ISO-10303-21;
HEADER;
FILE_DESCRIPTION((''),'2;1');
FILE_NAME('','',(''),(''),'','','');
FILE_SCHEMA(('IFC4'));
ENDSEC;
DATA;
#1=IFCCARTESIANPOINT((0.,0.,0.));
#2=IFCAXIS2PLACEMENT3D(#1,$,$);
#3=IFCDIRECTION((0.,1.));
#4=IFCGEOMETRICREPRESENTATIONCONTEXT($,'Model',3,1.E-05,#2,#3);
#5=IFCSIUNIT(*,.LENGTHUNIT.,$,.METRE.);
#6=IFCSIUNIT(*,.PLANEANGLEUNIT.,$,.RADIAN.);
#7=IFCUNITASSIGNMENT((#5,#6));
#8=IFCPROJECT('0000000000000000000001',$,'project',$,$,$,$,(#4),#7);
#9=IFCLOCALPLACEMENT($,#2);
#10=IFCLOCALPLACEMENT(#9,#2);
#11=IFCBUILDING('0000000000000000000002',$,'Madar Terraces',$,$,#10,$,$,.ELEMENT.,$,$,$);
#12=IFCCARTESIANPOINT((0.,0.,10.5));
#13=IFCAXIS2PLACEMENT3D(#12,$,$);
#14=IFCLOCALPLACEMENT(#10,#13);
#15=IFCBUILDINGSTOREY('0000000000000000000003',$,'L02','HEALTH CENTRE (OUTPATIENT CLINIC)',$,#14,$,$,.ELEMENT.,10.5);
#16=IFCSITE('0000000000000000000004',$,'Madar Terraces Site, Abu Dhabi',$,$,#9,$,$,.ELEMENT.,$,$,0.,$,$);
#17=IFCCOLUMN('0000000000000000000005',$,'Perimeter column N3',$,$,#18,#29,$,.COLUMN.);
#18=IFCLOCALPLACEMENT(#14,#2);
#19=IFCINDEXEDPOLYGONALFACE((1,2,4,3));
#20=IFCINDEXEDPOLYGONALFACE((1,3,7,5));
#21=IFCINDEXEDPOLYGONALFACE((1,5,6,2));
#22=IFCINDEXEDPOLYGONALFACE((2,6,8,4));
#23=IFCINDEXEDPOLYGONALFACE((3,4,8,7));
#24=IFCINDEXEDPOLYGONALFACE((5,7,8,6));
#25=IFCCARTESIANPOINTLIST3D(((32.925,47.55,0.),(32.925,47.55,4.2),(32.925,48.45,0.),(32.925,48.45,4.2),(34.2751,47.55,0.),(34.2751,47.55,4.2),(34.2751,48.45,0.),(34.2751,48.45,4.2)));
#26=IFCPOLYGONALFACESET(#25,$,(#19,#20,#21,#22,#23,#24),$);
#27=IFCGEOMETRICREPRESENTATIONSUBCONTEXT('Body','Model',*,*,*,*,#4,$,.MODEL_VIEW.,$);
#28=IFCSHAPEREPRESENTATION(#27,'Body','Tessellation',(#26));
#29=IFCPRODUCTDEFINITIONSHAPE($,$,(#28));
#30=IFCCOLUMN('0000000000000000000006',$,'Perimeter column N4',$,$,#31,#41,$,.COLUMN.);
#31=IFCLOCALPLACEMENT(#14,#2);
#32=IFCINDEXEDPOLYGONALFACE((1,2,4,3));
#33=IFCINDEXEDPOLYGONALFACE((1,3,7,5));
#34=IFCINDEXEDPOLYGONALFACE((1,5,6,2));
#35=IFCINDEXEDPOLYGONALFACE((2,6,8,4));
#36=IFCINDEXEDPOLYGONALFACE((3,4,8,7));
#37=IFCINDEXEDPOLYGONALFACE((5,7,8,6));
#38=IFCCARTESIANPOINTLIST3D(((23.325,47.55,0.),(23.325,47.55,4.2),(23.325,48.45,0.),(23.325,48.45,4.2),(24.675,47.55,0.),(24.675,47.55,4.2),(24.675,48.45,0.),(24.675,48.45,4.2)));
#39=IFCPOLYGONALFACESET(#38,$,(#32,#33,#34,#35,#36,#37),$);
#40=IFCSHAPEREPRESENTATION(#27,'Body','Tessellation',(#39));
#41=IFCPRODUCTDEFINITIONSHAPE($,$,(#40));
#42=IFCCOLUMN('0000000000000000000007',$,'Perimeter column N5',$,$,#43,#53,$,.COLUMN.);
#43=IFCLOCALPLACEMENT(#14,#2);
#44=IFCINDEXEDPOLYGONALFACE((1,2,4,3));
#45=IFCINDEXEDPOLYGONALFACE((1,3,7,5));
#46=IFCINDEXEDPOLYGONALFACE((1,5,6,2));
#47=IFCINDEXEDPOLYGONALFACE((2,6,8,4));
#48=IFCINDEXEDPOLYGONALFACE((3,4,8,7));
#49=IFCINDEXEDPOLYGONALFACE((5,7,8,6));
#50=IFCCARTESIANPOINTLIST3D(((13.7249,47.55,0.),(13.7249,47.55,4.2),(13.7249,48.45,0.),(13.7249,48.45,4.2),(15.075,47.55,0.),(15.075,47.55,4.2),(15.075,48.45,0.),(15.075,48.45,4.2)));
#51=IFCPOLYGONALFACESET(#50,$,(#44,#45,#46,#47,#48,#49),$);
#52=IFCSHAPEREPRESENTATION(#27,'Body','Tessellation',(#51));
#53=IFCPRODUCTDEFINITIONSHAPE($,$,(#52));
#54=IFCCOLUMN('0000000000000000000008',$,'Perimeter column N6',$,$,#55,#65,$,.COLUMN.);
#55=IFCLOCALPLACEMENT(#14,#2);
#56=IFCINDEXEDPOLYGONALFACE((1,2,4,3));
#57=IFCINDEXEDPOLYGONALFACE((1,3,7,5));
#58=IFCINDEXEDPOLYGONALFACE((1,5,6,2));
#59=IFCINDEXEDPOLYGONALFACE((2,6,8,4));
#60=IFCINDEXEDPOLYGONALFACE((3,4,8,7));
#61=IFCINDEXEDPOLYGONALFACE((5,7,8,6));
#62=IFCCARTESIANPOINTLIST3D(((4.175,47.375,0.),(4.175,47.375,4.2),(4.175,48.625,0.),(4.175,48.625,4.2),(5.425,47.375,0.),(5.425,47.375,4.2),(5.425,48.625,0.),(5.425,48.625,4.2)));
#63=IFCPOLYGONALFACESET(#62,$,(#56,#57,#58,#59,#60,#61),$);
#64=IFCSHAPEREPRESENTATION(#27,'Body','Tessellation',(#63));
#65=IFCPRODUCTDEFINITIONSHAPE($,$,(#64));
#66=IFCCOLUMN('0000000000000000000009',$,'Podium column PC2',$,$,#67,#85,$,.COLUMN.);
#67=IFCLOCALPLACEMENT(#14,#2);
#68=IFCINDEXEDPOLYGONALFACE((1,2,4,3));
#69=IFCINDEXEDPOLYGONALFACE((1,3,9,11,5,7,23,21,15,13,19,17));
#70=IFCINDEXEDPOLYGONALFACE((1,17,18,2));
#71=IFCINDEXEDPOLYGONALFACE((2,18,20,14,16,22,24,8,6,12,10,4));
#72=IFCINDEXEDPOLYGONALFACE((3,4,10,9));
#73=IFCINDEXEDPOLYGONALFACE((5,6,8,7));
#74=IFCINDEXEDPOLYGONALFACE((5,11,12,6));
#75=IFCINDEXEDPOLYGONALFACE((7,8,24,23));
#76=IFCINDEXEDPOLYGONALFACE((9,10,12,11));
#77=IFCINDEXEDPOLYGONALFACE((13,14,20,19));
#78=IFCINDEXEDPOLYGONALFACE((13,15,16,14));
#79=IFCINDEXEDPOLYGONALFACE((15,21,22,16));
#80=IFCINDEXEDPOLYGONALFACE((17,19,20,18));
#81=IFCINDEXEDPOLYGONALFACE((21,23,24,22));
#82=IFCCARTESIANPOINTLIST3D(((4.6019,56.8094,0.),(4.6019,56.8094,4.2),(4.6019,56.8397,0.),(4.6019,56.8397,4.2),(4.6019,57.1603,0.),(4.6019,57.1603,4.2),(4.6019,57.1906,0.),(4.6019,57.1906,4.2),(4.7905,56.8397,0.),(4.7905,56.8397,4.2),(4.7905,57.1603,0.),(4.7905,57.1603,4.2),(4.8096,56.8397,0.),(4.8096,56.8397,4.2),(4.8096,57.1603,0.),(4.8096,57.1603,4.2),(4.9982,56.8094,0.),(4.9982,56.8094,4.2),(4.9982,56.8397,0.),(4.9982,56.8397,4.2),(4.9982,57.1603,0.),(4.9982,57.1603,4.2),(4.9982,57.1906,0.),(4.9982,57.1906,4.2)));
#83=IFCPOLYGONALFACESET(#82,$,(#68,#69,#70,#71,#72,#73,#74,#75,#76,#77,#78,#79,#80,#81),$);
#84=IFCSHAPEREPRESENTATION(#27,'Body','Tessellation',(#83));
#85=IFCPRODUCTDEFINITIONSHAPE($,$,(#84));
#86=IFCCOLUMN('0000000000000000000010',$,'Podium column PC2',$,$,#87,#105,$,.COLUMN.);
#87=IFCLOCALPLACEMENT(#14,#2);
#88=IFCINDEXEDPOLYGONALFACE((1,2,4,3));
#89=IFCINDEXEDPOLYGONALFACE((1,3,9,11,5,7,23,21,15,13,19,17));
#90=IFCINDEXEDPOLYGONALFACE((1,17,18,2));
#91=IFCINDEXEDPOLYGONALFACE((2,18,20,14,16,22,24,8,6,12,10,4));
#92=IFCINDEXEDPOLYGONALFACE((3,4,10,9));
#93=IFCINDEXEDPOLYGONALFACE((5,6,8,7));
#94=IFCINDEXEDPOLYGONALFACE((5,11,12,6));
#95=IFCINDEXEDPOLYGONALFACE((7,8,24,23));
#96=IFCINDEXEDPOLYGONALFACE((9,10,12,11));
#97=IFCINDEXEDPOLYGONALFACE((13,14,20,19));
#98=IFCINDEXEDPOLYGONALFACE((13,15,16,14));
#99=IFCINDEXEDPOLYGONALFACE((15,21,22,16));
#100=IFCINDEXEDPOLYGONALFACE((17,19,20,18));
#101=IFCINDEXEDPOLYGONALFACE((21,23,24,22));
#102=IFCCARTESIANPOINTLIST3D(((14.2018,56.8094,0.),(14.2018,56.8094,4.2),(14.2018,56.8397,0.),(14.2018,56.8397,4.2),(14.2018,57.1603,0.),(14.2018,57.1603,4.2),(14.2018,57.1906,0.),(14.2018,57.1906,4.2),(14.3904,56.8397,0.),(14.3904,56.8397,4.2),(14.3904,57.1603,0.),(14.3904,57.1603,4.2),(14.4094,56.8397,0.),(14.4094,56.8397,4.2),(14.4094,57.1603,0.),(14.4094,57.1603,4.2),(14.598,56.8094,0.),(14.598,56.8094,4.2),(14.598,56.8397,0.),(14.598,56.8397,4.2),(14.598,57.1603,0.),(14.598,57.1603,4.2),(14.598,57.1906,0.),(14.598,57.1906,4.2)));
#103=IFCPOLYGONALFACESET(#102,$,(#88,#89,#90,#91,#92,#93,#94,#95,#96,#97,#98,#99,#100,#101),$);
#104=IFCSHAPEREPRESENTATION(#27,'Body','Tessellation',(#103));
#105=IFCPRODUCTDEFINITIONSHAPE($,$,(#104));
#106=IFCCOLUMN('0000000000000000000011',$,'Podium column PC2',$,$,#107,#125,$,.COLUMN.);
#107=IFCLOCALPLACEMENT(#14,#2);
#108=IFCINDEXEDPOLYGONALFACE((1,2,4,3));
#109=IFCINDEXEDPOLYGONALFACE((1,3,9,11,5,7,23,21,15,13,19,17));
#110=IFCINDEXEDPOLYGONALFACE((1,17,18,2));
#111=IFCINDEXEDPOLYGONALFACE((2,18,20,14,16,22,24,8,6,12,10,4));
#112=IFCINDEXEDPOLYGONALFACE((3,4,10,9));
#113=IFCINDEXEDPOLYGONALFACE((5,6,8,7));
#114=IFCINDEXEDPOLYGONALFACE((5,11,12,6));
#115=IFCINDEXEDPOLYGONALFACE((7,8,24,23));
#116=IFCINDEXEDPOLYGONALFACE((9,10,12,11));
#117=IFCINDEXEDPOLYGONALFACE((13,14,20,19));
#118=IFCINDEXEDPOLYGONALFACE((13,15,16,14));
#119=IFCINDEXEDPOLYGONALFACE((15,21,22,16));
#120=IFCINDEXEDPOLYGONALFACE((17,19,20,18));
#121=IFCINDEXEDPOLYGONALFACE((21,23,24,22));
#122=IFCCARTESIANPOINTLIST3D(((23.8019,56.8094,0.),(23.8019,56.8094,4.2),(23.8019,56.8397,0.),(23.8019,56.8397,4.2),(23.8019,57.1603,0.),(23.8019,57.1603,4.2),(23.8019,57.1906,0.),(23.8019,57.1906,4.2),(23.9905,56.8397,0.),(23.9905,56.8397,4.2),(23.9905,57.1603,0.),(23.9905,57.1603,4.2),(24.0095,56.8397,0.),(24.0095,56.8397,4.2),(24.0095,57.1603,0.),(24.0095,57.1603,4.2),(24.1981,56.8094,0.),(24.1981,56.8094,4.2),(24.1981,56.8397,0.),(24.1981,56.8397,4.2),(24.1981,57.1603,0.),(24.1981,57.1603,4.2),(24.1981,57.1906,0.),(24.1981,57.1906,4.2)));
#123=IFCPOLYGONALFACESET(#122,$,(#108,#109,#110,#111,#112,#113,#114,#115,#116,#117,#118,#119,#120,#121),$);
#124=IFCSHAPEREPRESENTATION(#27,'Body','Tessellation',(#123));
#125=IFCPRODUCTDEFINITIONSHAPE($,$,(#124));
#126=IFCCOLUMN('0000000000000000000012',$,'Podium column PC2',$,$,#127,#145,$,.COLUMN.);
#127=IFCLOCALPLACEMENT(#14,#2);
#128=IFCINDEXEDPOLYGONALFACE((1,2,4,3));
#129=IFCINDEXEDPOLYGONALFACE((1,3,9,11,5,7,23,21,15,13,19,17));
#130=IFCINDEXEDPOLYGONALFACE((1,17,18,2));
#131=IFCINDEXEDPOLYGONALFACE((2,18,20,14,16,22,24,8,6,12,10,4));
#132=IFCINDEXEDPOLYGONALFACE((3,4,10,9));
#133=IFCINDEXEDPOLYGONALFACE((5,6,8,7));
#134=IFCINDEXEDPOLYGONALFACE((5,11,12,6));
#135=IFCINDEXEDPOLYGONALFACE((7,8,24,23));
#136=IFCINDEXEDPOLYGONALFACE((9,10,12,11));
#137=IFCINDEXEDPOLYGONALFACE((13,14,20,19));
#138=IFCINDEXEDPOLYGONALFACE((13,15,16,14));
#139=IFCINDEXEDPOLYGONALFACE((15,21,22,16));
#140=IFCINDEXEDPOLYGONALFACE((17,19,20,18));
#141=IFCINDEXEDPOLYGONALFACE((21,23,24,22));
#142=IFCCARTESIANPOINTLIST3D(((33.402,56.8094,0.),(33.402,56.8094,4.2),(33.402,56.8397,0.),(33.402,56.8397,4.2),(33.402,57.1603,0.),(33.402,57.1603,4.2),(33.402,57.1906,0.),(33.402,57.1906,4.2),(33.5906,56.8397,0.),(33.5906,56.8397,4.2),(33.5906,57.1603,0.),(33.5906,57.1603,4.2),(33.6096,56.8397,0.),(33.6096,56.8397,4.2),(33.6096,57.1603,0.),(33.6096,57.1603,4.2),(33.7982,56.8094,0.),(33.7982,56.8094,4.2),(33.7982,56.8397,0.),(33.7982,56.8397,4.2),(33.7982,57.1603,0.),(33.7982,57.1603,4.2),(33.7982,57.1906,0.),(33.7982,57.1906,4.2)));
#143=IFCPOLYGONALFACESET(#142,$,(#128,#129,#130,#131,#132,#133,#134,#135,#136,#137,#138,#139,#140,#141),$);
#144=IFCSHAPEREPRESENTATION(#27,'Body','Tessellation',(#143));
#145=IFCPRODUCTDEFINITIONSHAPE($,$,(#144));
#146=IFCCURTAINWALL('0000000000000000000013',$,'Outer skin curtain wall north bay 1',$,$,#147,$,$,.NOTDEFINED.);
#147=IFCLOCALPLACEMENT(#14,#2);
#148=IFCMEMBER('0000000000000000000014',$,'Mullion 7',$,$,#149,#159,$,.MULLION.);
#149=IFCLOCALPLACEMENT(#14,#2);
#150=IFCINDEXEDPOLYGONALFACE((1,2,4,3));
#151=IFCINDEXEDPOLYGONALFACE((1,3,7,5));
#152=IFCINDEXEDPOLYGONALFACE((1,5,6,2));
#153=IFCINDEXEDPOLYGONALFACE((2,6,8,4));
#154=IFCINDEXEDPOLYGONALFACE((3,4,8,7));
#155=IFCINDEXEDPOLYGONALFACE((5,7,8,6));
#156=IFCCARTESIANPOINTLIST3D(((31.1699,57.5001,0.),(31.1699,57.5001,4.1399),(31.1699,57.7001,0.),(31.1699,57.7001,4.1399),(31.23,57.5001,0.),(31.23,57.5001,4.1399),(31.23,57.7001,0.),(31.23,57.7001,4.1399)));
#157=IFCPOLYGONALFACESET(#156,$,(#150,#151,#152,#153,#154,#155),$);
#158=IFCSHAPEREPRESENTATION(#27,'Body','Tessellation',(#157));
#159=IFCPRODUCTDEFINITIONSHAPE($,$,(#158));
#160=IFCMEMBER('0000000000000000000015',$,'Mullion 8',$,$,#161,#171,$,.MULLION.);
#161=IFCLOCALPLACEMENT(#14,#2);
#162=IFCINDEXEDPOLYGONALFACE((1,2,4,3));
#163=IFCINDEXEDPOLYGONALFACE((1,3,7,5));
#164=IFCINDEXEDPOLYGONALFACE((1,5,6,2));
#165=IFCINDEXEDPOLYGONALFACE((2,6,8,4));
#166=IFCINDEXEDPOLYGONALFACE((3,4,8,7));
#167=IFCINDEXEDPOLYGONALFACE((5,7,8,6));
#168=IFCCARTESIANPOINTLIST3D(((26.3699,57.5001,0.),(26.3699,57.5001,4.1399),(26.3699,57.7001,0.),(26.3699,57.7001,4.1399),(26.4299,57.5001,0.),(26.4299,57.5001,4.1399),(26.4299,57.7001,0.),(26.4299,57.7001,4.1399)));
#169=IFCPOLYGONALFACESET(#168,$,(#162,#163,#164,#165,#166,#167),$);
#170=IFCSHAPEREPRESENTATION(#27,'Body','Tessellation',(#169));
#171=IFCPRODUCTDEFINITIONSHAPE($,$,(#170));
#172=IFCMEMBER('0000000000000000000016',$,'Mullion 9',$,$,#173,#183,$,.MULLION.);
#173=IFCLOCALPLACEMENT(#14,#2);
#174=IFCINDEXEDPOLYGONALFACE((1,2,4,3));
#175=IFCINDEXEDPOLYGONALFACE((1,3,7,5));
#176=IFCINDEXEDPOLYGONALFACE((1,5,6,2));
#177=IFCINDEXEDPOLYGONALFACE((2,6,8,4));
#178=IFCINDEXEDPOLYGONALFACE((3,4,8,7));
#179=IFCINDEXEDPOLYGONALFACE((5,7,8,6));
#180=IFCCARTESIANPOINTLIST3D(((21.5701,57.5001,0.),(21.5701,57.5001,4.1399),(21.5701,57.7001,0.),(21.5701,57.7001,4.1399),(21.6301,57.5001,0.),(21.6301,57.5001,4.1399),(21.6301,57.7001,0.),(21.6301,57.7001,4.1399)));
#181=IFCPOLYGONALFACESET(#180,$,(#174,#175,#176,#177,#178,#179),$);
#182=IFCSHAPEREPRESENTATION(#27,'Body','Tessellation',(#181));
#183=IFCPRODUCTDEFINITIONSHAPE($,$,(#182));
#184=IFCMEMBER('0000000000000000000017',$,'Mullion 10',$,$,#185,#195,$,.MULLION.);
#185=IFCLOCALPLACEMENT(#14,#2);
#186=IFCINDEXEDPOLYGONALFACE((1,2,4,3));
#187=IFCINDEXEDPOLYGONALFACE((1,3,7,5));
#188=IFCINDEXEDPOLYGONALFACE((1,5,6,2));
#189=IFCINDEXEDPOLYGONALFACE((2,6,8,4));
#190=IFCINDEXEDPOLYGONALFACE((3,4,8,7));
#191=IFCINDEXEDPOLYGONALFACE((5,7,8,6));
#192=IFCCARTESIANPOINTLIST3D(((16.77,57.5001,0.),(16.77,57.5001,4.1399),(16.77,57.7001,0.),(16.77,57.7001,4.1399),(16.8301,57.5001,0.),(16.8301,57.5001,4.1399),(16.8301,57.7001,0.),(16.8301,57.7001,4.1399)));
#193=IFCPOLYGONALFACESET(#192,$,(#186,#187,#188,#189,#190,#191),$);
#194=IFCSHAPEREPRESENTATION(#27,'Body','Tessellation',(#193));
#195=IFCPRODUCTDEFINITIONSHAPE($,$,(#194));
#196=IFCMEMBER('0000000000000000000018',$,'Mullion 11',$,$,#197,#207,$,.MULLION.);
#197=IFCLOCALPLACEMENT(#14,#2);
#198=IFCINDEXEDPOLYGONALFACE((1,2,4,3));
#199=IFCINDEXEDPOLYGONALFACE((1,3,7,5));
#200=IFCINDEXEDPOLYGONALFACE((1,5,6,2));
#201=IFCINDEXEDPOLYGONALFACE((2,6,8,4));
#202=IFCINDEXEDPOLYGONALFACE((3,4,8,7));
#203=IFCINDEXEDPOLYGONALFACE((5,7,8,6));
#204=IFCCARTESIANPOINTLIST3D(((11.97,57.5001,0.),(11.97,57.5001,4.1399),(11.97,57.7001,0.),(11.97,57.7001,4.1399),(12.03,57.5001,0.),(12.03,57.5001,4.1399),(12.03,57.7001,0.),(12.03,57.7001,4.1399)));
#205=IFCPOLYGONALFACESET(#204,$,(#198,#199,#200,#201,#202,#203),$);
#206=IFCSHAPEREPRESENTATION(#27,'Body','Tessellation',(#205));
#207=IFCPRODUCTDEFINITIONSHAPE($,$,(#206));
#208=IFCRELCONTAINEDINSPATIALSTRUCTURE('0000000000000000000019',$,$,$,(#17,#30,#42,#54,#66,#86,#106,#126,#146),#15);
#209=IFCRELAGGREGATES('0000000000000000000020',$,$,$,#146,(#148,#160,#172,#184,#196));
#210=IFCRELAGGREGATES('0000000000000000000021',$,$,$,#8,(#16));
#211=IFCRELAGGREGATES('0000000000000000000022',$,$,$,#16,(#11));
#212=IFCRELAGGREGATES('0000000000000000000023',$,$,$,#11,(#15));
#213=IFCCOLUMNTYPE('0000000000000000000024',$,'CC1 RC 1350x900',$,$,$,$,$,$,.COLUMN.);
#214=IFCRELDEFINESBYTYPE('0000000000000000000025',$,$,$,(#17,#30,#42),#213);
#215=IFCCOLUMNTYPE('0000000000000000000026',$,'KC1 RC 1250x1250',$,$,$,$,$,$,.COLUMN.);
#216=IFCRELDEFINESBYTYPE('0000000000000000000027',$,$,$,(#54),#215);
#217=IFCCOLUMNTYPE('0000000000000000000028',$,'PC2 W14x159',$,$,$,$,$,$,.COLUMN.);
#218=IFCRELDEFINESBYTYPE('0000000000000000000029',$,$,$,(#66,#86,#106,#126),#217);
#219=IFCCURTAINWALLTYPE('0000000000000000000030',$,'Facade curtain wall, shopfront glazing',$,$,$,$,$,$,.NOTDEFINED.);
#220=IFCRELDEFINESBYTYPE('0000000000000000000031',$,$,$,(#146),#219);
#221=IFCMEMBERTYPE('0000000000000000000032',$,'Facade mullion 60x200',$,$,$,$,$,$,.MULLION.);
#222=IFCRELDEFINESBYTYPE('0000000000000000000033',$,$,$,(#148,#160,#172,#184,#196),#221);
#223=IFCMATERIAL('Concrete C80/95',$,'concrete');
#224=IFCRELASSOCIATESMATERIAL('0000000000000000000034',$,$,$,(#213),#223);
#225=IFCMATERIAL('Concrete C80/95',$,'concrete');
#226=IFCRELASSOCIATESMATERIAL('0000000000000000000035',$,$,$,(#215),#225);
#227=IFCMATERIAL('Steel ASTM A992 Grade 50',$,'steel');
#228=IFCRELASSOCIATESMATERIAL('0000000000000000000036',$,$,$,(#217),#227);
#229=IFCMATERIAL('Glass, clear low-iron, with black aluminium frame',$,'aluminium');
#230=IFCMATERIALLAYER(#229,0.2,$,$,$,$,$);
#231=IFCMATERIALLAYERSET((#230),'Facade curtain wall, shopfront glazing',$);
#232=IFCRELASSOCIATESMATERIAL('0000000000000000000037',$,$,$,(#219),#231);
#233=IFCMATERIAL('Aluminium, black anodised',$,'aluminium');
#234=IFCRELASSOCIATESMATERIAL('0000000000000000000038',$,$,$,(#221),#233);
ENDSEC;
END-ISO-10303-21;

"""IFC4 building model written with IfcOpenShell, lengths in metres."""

from ifc_helpers import new_model, si_unit, direction, frame, origin, origin_2d, place, context, subcontext, project, spatial, rectangle, i_section, extrude, material, layer, layer_set, material_profile, profile_set, type_object, element, aggregate, save


model = new_model("IFC4")

# Units and contexts
model_context = context("Model", 3, precision=1e-05, world=origin(), true_north=direction((0.0, 1.0)))
body_context = subcontext(model_context, "Body", "Model", "MODEL_VIEW")
ifc_project = project(units=[si_unit("LENGTHUNIT", "METRE"), si_unit("PLANEANGLEUNIT", "RADIAN")], contexts=[model_context])

# Site, building, storey
site_placement = place(None, origin())
site = spatial("IfcSite", under=ifc_project, at=site_placement, Name="Madar Terraces Site, Abu Dhabi", CompositionType="ELEMENT", RefElevation=0.0)
building_placement = place(site_placement, origin())
building = spatial("IfcBuilding", under=site, at=building_placement, Name="Madar Terraces", CompositionType="ELEMENT")
storey_placement = place(building_placement, frame((0.0, 0.0, 10.5)))
storey = spatial("IfcBuildingStorey", under=building, at=storey_placement, Name="L02", Description="HEALTH CENTRE (OUTPATIENT CLINIC)", CompositionType="ELEMENT", Elevation=10.5)

# Columns
ifc_material_1 = material(Name="Concrete C80/95", Category="concrete")
ifc_material_profile_1 = material_profile(ifc_material_1, rectangle(XDim=1.3501, YDim=0.8999, at=origin_2d()), Name="CC1 RC 1350x900")
ifc_profile_set_1 = profile_set([ifc_material_profile_1], Name="Concrete C80/95")
column_type_1 = type_object("IfcColumnType", Name="CC1 RC 1350x900", PredefinedType="COLUMN", material=ifc_profile_set_1)
for number, where, z_axis, x_axis, name in (
    (1, (33.6001, 48.0, 0.0), (0.0, 0.0, 1.0), (1.0, 0.0, 0.0), "Perimeter column N3"),
    (2, (24.0, 48.0, 0.0), (0.0, 0.0, 1.0), (1.0, 0.0, 0.0), "Perimeter column N4"),
    (3, (14.3999, 48.0, 0.0), (0.0, 0.0, 1.0), (1.0, 0.0, 0.0), "Perimeter column N5"),
):
    element("IfcColumn", number, at=place(storey_placement, frame(where, z_axis=z_axis, x_axis=x_axis)), inside=storey, type_object=column_type_1, Name=name, PredefinedType="COLUMN", context=body_context, shape_type="SweptSolid", body=[
        extrude(rectangle(XDim=1.3501, YDim=0.8999, at=origin_2d()), origin(), (0.0, 0.0, 1.0), 4.2),
    ])
ifc_material_2 = material(Name="Concrete C80/95", Category="concrete")
ifc_material_profile_2 = material_profile(ifc_material_2, rectangle(XDim=1.25, YDim=1.25, at=origin_2d()), Name="KC1 RC 1250x1250")
ifc_profile_set_2 = profile_set([ifc_material_profile_2], Name="Concrete C80/95")
column_type_2 = type_object("IfcColumnType", Name="KC1 RC 1250x1250", PredefinedType="COLUMN", material=ifc_profile_set_2)
column_placement = place(storey_placement, frame((4.8, 48.0, 0.0), z_axis=(0.0, 0.0, 1.0), x_axis=(1.0, 0.0, 0.0)))
element("IfcColumn", 4, at=column_placement, inside=storey, type_object=column_type_2, Name="Perimeter column N6", PredefinedType="COLUMN", context=body_context, shape_type="SweptSolid", body=[
    extrude(rectangle(XDim=1.25, YDim=1.25, at=origin_2d()), origin(), (0.0, 0.0, 1.0), 4.2),
])
ifc_material_3 = material(Name="Steel ASTM A992 Grade 50", Category="steel")
ifc_material_profile_3 = material_profile(ifc_material_3, i_section(OverallWidth=0.3962, OverallDepth=0.3811, WebThickness=0.019, FlangeThickness=0.0303, at=origin_2d()), Name="W14x159")
ifc_profile_set_3 = profile_set([ifc_material_profile_3], Name="Steel ASTM A992 Grade 50")
column_type_3 = type_object("IfcColumnType", Name="PC2 W14x159", PredefinedType="COLUMN", material=ifc_profile_set_3)
for number, where, z_axis, x_axis, name in (
    (5, (4.8, 57.0, 0.0), (0.0, 0.0, 1.0), (1.0, 0.0, 0.0), "Podium column PC2"),
    (6, (14.3999, 57.0, 0.0), (0.0, 0.0, 1.0), (1.0, 0.0, 0.0), "Podium column PC2"),
    (7, (24.0, 57.0, 0.0), (0.0, 0.0, 1.0), (1.0, 0.0, 0.0), "Podium column PC2"),
    (8, (33.6001, 57.0, 0.0), (0.0, 0.0, 1.0), (1.0, 0.0, 0.0), "Podium column PC2"),
):
    element("IfcColumn", number, at=place(storey_placement, frame(where, z_axis=z_axis, x_axis=x_axis)), inside=storey, type_object=column_type_3, Name=name, PredefinedType="COLUMN", context=body_context, shape_type="SweptSolid", body=[
        extrude(i_section(OverallWidth=0.3962, OverallDepth=0.3811, WebThickness=0.019, FlangeThickness=0.0303, at=origin_2d()), origin(), (0.0, 0.0, 1.0), 4.2),
    ])

# Curtain wall, members
ifc_material_4 = material(Name="Glass, clear low-iron, with black aluminium frame", Category="aluminium")
ifc_layer_1 = layer(ifc_material_4, 0.2)
ifc_layer_set_1 = layer_set([ifc_layer_1], Name="Facade curtain wall, shopfront glazing")
curtain_wall_type = type_object("IfcCurtainWallType", Name="Facade curtain wall, shopfront glazing", PredefinedType="NOTDEFINED", material=ifc_layer_set_1)
curtain_wall_placement = place(storey_placement, origin())
curtain_wall = element("IfcCurtainWall", 9, at=curtain_wall_placement, inside=storey, type_object=curtain_wall_type, Name="Outer skin curtain wall north bay 1", PredefinedType="NOTDEFINED")
ifc_material_5 = material(Name="Aluminium, black anodised", Category="aluminium")
ifc_material_profile_4 = material_profile(ifc_material_5, rectangle(XDim=0.2, YDim=0.0601, at=origin_2d()), Name="Facade mullion 60x200")
ifc_profile_set_4 = profile_set([ifc_material_profile_4], Name="Aluminium, black anodised")
member_type = type_object("IfcMemberType", Name="Facade mullion 60x200", PredefinedType="MULLION", material=ifc_profile_set_4)
member_1_placement = place(storey_placement, frame((31.2, 57.6001, 0.0), z_axis=(0.0, 0.0, 1.0), x_axis=(0.0, -1.0, 0.0)))
member_1 = element("IfcMember", 10, at=member_1_placement, type_object=member_type, Name="Mullion 7", PredefinedType="MULLION", context=body_context, shape_type="SweptSolid", body=[
    extrude(rectangle(XDim=0.2, YDim=0.0601, at=origin_2d()), origin(), (0.0, 0.0, 1.0), 4.1399),
])
member_2_placement = place(storey_placement, frame((26.3999, 57.6001, 0.0), z_axis=(0.0, 0.0, 1.0), x_axis=(0.0, -1.0, 0.0)))
member_2 = element("IfcMember", 11, at=member_2_placement, type_object=member_type, Name="Mullion 8", PredefinedType="MULLION", context=body_context, shape_type="SweptSolid", body=[
    extrude(rectangle(XDim=0.2, YDim=0.0601, at=origin_2d()), origin(), (0.0, 0.0, 1.0), 4.1399),
])
member_3_placement = place(storey_placement, frame((21.6001, 57.6001, 0.0), z_axis=(0.0, 0.0, 1.0), x_axis=(0.0, -1.0, 0.0)))
member_3 = element("IfcMember", 12, at=member_3_placement, type_object=member_type, Name="Mullion 9", PredefinedType="MULLION", context=body_context, shape_type="SweptSolid", body=[
    extrude(rectangle(XDim=0.2, YDim=0.0601, at=origin_2d()), origin(), (0.0, 0.0, 1.0), 4.1399),
])
member_4_placement = place(storey_placement, frame((16.8, 57.6001, 0.0), z_axis=(0.0, 0.0, 1.0), x_axis=(0.0, -1.0, 0.0)))
member_4 = element("IfcMember", 13, at=member_4_placement, type_object=member_type, Name="Mullion 10", PredefinedType="MULLION", context=body_context, shape_type="SweptSolid", body=[
    extrude(rectangle(XDim=0.2, YDim=0.0601, at=origin_2d()), origin(), (0.0, 0.0, 1.0), 4.1399),
])
member_5_placement = place(storey_placement, frame((12.0, 57.6001, 0.0), z_axis=(0.0, 0.0, 1.0), x_axis=(0.0, -1.0, 0.0)))
member_5 = element("IfcMember", 14, at=member_5_placement, type_object=member_type, Name="Mullion 11", PredefinedType="MULLION", context=body_context, shape_type="SweptSolid", body=[
    extrude(rectangle(XDim=0.2, YDim=0.0601, at=origin_2d()), origin(), (0.0, 0.0, 1.0), 4.1399),
])
aggregate(curtain_wall, [member_1, member_2, member_3, member_4, member_5])

save(model, "model.ifc")
